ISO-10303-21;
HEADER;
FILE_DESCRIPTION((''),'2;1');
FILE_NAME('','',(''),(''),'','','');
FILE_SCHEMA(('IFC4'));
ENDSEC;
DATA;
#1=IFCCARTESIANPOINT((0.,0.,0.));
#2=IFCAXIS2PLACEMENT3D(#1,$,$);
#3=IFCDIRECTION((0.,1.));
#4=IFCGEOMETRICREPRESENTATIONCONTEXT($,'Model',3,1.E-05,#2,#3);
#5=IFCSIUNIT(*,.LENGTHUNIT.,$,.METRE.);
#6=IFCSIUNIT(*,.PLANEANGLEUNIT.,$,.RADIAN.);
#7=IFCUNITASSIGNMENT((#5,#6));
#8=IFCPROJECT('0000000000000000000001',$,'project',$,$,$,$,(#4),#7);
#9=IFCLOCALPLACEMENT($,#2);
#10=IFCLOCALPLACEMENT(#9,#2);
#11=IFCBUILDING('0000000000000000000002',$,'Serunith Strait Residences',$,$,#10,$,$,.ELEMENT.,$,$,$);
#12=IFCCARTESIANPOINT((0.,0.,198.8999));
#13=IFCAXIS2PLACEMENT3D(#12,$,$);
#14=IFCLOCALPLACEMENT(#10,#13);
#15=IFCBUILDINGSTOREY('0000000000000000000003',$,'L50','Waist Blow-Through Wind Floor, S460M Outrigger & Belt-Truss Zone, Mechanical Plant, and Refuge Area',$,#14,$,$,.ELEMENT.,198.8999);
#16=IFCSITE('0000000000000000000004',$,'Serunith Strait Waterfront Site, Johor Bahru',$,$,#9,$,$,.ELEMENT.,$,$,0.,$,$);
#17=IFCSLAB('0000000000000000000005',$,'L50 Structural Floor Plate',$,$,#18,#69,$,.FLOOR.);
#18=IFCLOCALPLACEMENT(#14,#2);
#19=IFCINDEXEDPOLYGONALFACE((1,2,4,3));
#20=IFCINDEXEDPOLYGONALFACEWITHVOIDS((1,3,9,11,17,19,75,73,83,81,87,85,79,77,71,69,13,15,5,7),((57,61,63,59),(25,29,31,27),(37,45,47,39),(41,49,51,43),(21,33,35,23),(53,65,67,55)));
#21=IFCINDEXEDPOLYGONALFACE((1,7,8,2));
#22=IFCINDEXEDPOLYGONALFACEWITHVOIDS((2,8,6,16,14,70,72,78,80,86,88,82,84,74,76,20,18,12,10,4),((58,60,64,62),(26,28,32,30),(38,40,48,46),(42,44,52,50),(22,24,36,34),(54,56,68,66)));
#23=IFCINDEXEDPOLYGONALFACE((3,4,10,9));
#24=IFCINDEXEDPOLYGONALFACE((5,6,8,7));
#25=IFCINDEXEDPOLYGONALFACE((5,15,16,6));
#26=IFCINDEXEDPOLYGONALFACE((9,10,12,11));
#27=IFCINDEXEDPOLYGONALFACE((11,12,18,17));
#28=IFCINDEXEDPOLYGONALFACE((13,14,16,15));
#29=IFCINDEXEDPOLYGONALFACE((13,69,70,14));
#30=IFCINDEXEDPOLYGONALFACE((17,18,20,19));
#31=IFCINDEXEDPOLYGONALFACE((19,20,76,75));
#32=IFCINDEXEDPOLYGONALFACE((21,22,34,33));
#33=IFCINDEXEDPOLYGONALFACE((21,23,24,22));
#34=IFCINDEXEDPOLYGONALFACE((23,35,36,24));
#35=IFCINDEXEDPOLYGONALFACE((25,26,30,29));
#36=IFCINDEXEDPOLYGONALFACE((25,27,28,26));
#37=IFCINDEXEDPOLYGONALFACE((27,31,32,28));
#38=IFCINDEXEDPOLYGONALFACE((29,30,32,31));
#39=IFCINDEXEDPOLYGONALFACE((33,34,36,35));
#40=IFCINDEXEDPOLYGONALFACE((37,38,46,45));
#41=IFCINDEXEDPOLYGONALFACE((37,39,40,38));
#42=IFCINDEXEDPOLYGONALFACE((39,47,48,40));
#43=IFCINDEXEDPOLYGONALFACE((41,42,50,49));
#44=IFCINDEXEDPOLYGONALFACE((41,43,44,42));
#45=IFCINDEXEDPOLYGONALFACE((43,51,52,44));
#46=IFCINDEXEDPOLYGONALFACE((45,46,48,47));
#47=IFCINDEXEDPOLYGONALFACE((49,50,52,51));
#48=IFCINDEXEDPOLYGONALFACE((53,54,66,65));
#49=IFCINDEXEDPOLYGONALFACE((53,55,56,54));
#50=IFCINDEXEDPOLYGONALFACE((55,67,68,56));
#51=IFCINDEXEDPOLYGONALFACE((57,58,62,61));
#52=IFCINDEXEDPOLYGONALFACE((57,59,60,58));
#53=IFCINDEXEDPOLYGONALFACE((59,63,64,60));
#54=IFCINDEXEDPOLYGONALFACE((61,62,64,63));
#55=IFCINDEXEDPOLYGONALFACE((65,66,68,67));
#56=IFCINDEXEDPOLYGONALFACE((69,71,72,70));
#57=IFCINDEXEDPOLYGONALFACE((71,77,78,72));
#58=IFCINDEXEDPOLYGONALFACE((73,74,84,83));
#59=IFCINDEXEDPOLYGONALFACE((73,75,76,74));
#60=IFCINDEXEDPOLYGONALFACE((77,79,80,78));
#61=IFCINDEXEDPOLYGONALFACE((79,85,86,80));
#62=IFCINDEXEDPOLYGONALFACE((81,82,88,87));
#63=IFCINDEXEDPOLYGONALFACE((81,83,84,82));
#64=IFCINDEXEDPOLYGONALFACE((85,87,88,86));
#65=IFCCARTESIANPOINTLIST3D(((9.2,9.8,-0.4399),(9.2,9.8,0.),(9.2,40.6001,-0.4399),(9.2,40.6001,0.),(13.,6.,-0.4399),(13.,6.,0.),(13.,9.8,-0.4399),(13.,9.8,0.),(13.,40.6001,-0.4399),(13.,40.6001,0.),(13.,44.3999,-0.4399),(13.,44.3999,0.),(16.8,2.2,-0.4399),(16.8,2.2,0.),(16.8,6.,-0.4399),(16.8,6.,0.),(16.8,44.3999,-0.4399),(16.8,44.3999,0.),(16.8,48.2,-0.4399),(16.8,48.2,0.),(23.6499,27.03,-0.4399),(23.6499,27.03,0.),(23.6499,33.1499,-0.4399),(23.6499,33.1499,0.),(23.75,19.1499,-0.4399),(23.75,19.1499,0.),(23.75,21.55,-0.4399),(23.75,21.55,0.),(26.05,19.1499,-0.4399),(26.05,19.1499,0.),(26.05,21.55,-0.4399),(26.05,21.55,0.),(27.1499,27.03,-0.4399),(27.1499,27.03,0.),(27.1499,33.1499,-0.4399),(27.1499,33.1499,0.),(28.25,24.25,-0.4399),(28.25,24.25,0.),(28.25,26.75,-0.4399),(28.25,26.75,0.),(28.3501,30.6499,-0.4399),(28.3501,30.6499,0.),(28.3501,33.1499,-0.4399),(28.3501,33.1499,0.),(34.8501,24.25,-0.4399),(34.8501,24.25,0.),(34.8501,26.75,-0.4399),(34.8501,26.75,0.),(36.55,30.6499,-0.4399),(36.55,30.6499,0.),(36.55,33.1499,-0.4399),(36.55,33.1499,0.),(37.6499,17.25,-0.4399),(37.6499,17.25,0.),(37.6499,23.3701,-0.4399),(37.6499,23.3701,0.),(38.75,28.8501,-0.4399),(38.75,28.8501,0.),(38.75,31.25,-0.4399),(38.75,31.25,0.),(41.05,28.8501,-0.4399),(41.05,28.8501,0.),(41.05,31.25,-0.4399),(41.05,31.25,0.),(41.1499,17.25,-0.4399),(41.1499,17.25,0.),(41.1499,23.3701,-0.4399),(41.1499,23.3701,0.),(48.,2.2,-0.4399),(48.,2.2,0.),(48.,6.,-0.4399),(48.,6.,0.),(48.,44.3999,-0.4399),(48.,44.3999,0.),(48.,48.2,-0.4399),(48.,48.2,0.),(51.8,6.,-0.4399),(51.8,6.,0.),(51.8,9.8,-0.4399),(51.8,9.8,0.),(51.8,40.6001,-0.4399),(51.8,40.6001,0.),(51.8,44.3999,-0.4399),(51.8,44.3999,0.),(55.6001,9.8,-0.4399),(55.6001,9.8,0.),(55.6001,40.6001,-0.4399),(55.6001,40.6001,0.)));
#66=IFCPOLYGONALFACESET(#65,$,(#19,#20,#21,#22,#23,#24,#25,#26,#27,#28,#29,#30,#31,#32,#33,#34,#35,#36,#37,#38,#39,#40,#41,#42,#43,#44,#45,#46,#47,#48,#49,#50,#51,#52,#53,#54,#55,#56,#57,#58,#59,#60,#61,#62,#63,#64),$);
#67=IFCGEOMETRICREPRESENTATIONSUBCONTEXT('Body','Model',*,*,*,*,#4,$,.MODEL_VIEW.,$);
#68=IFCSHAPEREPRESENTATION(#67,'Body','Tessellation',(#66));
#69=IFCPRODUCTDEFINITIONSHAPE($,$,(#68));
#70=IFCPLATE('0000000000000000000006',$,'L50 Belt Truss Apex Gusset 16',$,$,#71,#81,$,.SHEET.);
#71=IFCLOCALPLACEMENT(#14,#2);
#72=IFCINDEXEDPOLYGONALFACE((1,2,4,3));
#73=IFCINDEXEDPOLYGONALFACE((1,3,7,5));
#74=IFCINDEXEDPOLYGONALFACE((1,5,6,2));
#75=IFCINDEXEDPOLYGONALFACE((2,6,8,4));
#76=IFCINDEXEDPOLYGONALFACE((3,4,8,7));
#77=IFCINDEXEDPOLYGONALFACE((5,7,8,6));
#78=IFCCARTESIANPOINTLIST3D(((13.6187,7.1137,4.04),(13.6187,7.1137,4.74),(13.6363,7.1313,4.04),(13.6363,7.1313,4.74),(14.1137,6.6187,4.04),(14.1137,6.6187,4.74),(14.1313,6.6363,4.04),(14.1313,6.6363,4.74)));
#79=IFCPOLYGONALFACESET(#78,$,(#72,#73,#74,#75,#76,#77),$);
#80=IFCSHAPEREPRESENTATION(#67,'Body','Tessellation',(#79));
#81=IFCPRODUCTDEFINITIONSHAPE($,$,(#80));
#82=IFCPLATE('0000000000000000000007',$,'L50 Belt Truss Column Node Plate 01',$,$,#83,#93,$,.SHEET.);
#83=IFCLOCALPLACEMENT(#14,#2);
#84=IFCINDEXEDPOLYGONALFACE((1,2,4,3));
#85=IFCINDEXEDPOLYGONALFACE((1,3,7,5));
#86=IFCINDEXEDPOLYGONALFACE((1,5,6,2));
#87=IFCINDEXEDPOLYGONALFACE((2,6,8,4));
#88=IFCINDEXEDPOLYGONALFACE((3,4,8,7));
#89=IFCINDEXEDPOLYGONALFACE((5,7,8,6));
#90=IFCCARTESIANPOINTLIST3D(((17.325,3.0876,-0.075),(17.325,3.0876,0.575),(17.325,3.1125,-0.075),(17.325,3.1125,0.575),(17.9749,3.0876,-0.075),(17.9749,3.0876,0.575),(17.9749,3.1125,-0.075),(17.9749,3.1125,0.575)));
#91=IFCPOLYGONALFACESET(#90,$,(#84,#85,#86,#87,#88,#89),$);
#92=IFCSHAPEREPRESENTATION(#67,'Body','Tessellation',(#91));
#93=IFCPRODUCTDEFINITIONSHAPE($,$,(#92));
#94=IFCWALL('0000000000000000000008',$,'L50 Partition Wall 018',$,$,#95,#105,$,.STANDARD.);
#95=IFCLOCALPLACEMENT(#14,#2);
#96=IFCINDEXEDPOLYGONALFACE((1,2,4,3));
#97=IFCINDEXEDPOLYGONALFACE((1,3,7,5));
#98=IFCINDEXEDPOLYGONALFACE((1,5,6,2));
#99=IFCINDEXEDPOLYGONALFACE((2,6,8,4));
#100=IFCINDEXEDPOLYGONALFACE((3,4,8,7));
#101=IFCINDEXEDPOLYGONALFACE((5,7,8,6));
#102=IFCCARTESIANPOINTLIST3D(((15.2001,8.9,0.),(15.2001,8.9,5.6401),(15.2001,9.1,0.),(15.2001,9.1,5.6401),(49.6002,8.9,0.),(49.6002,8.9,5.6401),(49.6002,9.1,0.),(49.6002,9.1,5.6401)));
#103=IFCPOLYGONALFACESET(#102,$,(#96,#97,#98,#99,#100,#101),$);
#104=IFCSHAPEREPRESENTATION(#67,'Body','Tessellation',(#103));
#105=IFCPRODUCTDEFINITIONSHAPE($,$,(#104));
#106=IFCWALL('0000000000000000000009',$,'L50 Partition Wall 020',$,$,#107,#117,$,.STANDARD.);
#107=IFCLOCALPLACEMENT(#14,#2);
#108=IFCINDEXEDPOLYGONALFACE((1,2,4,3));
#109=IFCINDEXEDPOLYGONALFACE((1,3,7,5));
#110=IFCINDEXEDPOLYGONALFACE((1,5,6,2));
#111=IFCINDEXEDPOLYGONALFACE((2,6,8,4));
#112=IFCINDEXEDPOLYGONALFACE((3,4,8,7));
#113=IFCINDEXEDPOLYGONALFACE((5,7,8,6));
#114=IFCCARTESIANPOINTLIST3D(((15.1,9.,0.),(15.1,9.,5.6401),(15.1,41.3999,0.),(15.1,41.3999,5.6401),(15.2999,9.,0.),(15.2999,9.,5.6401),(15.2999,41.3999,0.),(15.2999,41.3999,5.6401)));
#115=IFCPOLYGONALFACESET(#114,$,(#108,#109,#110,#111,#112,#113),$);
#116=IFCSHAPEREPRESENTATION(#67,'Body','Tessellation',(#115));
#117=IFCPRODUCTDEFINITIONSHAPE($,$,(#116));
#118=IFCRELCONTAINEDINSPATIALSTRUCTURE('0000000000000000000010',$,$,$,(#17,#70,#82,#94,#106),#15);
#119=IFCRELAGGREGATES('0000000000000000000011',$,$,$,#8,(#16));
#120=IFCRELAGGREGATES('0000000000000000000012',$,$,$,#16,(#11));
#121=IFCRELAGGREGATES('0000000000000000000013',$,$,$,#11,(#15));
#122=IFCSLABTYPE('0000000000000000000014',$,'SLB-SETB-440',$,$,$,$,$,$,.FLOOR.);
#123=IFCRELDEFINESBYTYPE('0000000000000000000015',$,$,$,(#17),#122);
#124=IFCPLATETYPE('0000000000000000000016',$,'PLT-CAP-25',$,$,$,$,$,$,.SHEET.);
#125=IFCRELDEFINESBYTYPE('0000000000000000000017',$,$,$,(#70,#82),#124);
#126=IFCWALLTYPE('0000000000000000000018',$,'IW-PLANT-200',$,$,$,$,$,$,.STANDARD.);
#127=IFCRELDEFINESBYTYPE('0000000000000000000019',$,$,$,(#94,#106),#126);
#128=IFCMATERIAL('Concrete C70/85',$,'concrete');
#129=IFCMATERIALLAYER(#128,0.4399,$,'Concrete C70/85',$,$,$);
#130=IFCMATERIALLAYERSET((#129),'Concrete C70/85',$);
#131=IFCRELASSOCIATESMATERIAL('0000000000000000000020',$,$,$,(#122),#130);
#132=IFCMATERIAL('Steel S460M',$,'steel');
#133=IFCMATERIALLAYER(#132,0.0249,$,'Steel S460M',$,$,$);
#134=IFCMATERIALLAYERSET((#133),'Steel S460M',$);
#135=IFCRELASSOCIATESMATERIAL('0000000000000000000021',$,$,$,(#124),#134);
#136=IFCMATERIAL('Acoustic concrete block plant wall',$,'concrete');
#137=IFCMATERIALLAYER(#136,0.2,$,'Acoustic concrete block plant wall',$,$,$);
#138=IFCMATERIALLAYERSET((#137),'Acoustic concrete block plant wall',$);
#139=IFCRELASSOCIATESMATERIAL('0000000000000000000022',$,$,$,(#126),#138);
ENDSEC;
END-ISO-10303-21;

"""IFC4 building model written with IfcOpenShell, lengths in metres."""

from ifc_helpers import new_model, si_unit, direction, frame, frame_2d, origin, origin_2d, place, context, subcontext, project, spatial, polyline, rectangle, outline, extrude, source, transform, mapped, material, layer, layer_set, type_object, element, save


model = new_model("IFC4")

# Units and contexts
model_context = context("Model", 3, precision=1e-05, world=origin(), true_north=direction((0.0, 1.0)))
body_context = subcontext(model_context, "Body", "Model", "MODEL_VIEW")
ifc_project = project(units=[si_unit("LENGTHUNIT", "METRE"), si_unit("PLANEANGLEUNIT", "RADIAN")], contexts=[model_context])

# Site, building, storey
site_placement = place(None, origin())
site = spatial("IfcSite", under=ifc_project, at=site_placement, Name="Serunith Strait Waterfront Site, Johor Bahru", CompositionType="ELEMENT", RefElevation=0.0)
building_placement = place(site_placement, origin())
building = spatial("IfcBuilding", under=site, at=building_placement, Name="Serunith Strait Residences", CompositionType="ELEMENT")
storey_placement = place(building_placement, frame((0.0, 0.0, 198.8999)))
storey = spatial("IfcBuildingStorey", under=building, at=storey_placement, Name="L50", Description="Waist Blow-Through Wind Floor, S460M Outrigger & Belt-Truss Zone, Mechanical Plant, and Refuge Area", CompositionType="ELEMENT", Elevation=198.8999)

# Shared definitions
ifc_material_1 = material(Name="Steel S460M", Category="steel")

# Slab
ifc_material_2 = material(Name="Concrete C70/85", Category="concrete")
ifc_layer_1 = layer(ifc_material_2, 0.4399, Name="Concrete C70/85")
ifc_layer_set_1 = layer_set([ifc_layer_1], Name="Concrete C70/85")
slab_type_1 = type_object("IfcSlabType", Name="SLB-SETB-440", PredefinedType="FLOOR", material=ifc_layer_set_1)
slab_1_placement = place(storey_placement, frame((0.0, 0.0, -0.4399)))
element("IfcSlab", 1, at=slab_1_placement, inside=storey, type_object=slab_type_1, Name="L50 Structural Floor Plate", PredefinedType="FLOOR", context=body_context, shape_type="SweptSolid", body=[
    extrude(outline(polyline([(16.8, 6.0), (13.0, 6.0), (13.0, 9.8), (9.2, 9.8), (9.2, 40.6001), (13.0, 40.6001), (13.0, 44.3999), (16.8, 44.3999), (16.8, 48.2), (48.0, 48.2), (48.0, 44.3999), (51.8, 44.3999), (51.8, 40.6001), (55.6001, 40.6001), (55.6001, 9.8), (51.8, 9.8), (51.8, 6.0), (48.0, 6.0), (48.0, 2.2), (16.8, 2.2), (16.8, 6.0)]), holes=[polyline([(41.1499, 23.3701), (37.6499, 23.3701), (37.6499, 17.25), (41.1499, 17.25), (41.1499, 23.3701)]), polyline([(38.75, 31.25), (38.75, 28.8501), (41.05, 28.8501), (41.05, 31.25), (38.75, 31.25)]), polyline([(36.55, 33.1499), (28.3501, 33.1499), (28.3501, 30.6499), (36.55, 30.6499), (36.55, 33.1499)]), polyline([(34.8501, 26.75), (28.25, 26.75), (28.25, 24.25), (34.8501, 24.25), (34.8501, 26.75)]), polyline([(23.6499, 33.1499), (23.6499, 27.03), (27.1499, 27.03), (27.1499, 33.1499), (23.6499, 33.1499)]), polyline([(26.05, 21.55), (23.75, 21.55), (23.75, 19.1499), (26.05, 19.1499), (26.05, 21.55)])]), origin(), (0.0, 0.0, 1.0), 0.4399),
])

# Plates
ifc_layer_2 = layer(ifc_material_1, 0.0249, Name="Steel S460M")
ifc_layer_set_2 = layer_set([ifc_layer_2], Name="Steel S460M")
plate_type = type_object("IfcPlateType", Name="PLT-CAP-25", PredefinedType="SHEET", material=ifc_layer_set_2)
shared_shape_1 = source(origin(), body_context, "Body", "SweptSolid", [
    extrude(rectangle(XDim=0.7, YDim=0.0249, at=origin_2d()), origin(), (0.0, 0.0, 1.0), 0.7),
])
plate_1_placement = place(storey_placement, frame((13.875, 6.875, 4.04), z_axis=(0.0, 0.0, 1.0), x_axis=(0.707107, -0.707107, 0.0)))
element("IfcPlate", 2, at=plate_1_placement, inside=storey, type_object=plate_type, Name="L50 Belt Truss Apex Gusset 16", PredefinedType="SHEET", context=body_context, shape_type="MappedRepresentation", body=[
    mapped(shared_shape_1, transform((0.0, 0.0, 0.0), scale=1.0)),
])
shared_shape_2 = source(origin(), body_context, "Body", "SweptSolid", [
    extrude(rectangle(XDim=0.6499, YDim=0.0249, at=origin_2d()), origin(), (0.0, 0.0, 1.0), 0.6499),
])
plate_2_placement = place(storey_placement, frame((17.6499, 3.1001, -0.075), z_axis=(0.0, 0.0, 1.0), x_axis=(1.0, 0.0, 0.0)))
element("IfcPlate", 3, at=plate_2_placement, inside=storey, type_object=plate_type, Name="L50 Belt Truss Column Node Plate 01", PredefinedType="SHEET", context=body_context, shape_type="MappedRepresentation", body=[
    mapped(shared_shape_2, transform((0.0, 0.0, 0.0), scale=1.0)),
])

# Walls
ifc_material_3 = material(Name="Acoustic concrete block plant wall", Category="concrete")
ifc_layer_3 = layer(ifc_material_3, 0.2, Name="Acoustic concrete block plant wall")
ifc_layer_set_3 = layer_set([ifc_layer_3], Name="Acoustic concrete block plant wall")
wall_type = type_object("IfcWallType", Name="IW-PLANT-200", PredefinedType="STANDARD", material=ifc_layer_set_3)
wall_1_placement = place(storey_placement, frame((15.2, 9.0, 0.0), z_axis=(0.0, 0.0, 1.0), x_axis=(1.0, 0.0, 0.0)))
element("IfcWall", 4, at=wall_1_placement, inside=storey, type_object=wall_type, Name="L50 Partition Wall 018", PredefinedType="STANDARD", context=body_context, shape_type="SweptSolid", body=[
    extrude(rectangle(XDim=34.4001, YDim=0.2, at=frame_2d((17.2002, 0.0))), origin(), (0.0, 0.0, 1.0), 5.6401),
])
wall_2_placement = place(storey_placement, frame((15.2, 9.0, 0.0), z_axis=(0.0, 0.0, 1.0), x_axis=(0.0, 1.0, 0.0)))
element("IfcWall", 5, at=wall_2_placement, inside=storey, type_object=wall_type, Name="L50 Partition Wall 020", PredefinedType="STANDARD", context=body_context, shape_type="SweptSolid", body=[
    extrude(rectangle(XDim=32.3999, YDim=0.2, at=frame_2d((16.2, 0.0))), origin(), (0.0, 0.0, 1.0), 5.6401),
])

save(model, "model.ifc")
